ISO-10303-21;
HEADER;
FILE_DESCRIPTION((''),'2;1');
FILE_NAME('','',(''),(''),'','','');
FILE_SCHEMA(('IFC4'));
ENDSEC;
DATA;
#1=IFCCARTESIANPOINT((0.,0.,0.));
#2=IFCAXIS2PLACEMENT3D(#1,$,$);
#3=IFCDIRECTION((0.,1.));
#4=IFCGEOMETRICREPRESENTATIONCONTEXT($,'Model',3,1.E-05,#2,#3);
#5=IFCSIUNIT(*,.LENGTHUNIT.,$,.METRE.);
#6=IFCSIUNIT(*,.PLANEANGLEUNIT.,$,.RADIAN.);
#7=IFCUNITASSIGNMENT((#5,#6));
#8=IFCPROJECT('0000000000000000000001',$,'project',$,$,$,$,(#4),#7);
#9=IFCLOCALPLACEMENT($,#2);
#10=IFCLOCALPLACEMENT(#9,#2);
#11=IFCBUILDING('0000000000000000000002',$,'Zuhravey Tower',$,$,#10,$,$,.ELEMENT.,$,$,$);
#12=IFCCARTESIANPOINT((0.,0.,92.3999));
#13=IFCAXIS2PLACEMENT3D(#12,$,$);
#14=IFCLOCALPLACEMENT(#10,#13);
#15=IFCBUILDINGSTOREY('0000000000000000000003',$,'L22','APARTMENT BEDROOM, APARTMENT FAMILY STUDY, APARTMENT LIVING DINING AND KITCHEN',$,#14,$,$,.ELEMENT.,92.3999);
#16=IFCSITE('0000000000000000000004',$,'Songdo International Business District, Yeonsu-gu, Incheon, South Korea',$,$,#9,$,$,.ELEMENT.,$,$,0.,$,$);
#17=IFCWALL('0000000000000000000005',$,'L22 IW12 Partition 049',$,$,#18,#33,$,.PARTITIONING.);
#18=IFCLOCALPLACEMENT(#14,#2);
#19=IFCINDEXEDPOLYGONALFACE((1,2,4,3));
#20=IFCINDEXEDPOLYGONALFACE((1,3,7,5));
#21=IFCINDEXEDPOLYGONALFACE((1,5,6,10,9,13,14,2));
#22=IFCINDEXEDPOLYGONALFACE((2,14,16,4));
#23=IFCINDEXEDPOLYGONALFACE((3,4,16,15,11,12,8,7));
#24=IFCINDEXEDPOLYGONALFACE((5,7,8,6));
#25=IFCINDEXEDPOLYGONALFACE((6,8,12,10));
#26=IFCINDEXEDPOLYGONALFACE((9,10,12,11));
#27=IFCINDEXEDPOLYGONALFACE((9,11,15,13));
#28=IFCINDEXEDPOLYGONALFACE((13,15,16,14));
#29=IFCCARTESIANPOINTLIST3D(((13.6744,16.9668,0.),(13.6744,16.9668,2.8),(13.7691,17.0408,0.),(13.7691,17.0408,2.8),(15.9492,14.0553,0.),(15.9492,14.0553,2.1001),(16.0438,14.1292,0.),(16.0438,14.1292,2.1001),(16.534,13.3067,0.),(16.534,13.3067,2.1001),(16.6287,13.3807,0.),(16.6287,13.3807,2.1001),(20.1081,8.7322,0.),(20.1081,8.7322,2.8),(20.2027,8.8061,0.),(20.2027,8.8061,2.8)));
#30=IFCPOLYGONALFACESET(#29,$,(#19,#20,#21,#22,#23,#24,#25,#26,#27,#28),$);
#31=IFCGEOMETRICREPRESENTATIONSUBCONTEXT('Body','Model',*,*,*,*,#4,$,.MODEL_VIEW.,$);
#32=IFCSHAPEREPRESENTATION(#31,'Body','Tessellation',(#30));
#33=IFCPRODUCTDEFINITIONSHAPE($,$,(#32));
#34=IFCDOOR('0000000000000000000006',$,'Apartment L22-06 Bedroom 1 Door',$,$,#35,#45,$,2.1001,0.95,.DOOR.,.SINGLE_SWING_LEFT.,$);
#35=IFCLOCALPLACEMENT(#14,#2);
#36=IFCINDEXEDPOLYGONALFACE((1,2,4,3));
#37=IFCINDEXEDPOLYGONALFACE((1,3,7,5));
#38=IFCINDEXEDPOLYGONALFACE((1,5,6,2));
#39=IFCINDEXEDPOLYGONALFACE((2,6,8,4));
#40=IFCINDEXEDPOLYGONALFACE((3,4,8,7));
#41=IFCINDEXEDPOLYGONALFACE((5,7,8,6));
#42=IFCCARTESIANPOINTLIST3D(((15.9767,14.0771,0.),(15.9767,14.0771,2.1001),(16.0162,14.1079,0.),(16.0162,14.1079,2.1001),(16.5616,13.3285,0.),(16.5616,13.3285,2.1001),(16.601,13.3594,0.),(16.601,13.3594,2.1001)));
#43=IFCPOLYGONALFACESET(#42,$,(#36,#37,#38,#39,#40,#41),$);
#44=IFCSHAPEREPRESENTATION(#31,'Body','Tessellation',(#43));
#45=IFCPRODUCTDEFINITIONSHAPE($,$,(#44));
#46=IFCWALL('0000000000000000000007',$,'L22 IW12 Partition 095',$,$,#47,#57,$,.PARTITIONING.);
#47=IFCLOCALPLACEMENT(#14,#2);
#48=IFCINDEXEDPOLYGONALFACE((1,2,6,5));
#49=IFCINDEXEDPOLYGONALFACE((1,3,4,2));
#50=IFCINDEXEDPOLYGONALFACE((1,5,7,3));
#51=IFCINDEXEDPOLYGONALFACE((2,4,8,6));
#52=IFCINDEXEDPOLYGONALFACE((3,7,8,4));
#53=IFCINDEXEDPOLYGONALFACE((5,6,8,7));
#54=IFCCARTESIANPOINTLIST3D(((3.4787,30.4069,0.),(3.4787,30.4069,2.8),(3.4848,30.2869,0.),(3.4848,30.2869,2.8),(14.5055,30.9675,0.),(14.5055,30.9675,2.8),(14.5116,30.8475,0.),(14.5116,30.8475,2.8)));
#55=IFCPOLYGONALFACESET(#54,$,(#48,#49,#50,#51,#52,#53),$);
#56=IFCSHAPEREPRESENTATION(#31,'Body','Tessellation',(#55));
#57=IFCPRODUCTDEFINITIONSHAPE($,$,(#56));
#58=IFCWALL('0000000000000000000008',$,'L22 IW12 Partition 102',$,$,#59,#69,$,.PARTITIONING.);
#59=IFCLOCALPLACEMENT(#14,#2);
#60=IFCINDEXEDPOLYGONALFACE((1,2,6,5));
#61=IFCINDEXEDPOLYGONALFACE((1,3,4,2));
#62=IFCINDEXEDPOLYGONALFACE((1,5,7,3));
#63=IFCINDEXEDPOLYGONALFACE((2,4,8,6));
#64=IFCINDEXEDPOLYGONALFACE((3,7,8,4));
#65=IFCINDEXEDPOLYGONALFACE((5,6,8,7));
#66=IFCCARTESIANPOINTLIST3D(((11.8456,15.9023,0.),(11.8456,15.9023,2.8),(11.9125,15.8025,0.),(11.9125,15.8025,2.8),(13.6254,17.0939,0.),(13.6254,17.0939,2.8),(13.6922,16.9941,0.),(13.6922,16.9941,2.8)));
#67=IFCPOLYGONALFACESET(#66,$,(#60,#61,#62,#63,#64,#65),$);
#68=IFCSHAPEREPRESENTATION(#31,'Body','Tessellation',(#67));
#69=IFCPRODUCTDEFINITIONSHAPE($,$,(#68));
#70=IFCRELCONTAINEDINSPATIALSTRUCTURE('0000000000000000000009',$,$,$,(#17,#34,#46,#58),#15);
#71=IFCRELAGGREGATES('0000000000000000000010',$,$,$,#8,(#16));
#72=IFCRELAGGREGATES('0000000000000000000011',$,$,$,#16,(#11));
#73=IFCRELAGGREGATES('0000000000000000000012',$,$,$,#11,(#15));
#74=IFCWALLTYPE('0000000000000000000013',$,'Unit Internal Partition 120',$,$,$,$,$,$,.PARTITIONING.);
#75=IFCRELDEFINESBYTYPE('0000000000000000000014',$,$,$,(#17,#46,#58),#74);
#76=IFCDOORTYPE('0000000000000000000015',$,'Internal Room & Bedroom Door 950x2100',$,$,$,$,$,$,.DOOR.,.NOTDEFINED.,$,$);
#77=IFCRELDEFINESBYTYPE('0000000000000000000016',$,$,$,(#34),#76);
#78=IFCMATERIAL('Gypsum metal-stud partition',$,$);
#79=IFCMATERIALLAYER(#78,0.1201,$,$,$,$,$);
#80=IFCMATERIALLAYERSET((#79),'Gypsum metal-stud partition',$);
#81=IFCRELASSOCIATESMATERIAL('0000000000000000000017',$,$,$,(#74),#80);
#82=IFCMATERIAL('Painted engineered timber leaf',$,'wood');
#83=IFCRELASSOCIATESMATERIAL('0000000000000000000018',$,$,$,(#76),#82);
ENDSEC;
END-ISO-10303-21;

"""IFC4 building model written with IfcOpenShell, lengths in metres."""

from ifc_helpers import new_model, si_unit, direction, frame, frame_2d, origin, place, context, subcontext, project, spatial, rectangle, extrude, material, layer, layer_set, type_object, element, fill, save


model = new_model("IFC4")

# Units and contexts
model_context = context("Model", 3, precision=1e-05, world=origin(), true_north=direction((0.0, 1.0)))
body_context = subcontext(model_context, "Body", "Model", "MODEL_VIEW")
ifc_project = project(units=[si_unit("LENGTHUNIT", "METRE"), si_unit("PLANEANGLEUNIT", "RADIAN")], contexts=[model_context])

# Site, building, storey
site_placement = place(None, origin())
site = spatial("IfcSite", under=ifc_project, at=site_placement, Name="Songdo International Business District, Yeonsu-gu, Incheon, South Korea", CompositionType="ELEMENT", RefElevation=0.0)
building_placement = place(site_placement, origin())
building = spatial("IfcBuilding", under=site, at=building_placement, Name="Zuhravey Tower", CompositionType="ELEMENT")
storey_placement = place(building_placement, frame((0.0, 0.0, 92.3999)))
storey = spatial("IfcBuildingStorey", under=building, at=storey_placement, Name="L22", Description="APARTMENT BEDROOM, APARTMENT FAMILY STUDY, APARTMENT LIVING DINING AND KITCHEN", CompositionType="ELEMENT", Elevation=92.3999)

# Wall, opening, door
ifc_material_1 = material(Name="Gypsum metal-stud partition")
ifc_layer_1 = layer(ifc_material_1, 0.1201)
ifc_layer_set_1 = layer_set([ifc_layer_1], Name="Gypsum metal-stud partition")
wall_type_1 = type_object("IfcWallType", Name="Unit Internal Partition 120", PredefinedType="PARTITIONING", material=ifc_layer_set_1)
ifc_material_2 = material(Name="Painted engineered timber leaf", Category="wood")
door_type = type_object("IfcDoorType", Name="Internal Room & Bedroom Door 950x2100", OperationType="NOTDEFINED", PredefinedType="DOOR", material=ifc_material_2)
wall_1_placement = place(storey_placement, frame((13.7217, 17.0039, 0.0), z_axis=(0.0, 0.0, 1.0), x_axis=(0.615662, -0.788011, 0.0)))
wall_1 = element("IfcWall", 1, at=wall_1_placement, inside=storey, type_object=wall_type_1, Name="L22 IW12 Partition 049", PredefinedType="PARTITIONING", context=body_context, shape_type="SweptSolid", body=[
    extrude(rectangle(XDim=10.45, YDim=0.1201, at=frame_2d((5.2251, 0.0))), origin(), (0.0, 0.0, 1.0), 2.8),
])
opening_1_placement = place(wall_1_placement, frame((3.6948, 0.0, 0.0)))
opening_1 = element("IfcOpeningElement", 2, at=opening_1_placement, cuts=wall_1, PredefinedType="OPENING", context=body_context, shape_type="SweptSolid", body=[
    extrude(rectangle(XDim=0.95, YDim=2.1001, at=frame_2d((0.4751, 1.05))), frame((0.0, 0.072, 0.0), z_axis=(0.0, -1.0, 0.0), x_axis=(1.0, 0.0, 0.0)), (0.0, 0.0, 1.0), 0.144),
])
door_1_placement = place(opening_1_placement, frame((0.95, 0.0, 0.0), z_axis=(0.0, 0.0, 1.0), x_axis=(-1.0, 0.0, 0.0)))
door_1 = element("IfcDoor", 3, at=door_1_placement, inside=storey, type_object=door_type, Name="Apartment L22-06 Bedroom 1 Door", OperationType="SINGLE_SWING_LEFT", OverallHeight=2.1001, OverallWidth=0.95, PredefinedType="DOOR", context=body_context, shape_type="SweptSolid", body=[
    extrude(rectangle(XDim=0.95, YDim=2.1001, at=frame_2d((0.4751, 1.05))), frame((0.0, 0.0249, 0.0), z_axis=(0.0, -1.0, 0.0), x_axis=(1.0, 0.0, 0.0)), (0.0, 0.0, 1.0), 0.05),
])
fill(opening_1, door_1)

# Walls
wall_2_placement = place(storey_placement, frame((14.5085, 30.9075, 0.0), z_axis=(0.0, 0.0, 1.0), x_axis=(-0.99871, -0.050769, 0.0)))
element("IfcWall", 4, at=wall_2_placement, inside=storey, type_object=wall_type_1, Name="L22 IW12 Partition 095", PredefinedType="PARTITIONING", context=body_context, shape_type="SweptSolid", body=[
    extrude(rectangle(XDim=11.041, YDim=0.1201, at=frame_2d((5.5205, 0.0))), origin(), (0.0, 0.0, 1.0), 2.8),
])
wall_3_placement = place(storey_placement, frame((13.6587, 17.0439, 0.0), z_axis=(0.0, 0.0, 1.0), x_axis=(-0.830944, -0.556356, 0.0)))
element("IfcWall", 5, at=wall_3_placement, inside=storey, type_object=wall_type_1, Name="L22 IW12 Partition 102", PredefinedType="PARTITIONING", context=body_context, shape_type="SweptSolid", body=[
    extrude(rectangle(XDim=2.1418, YDim=0.1201, at=frame_2d((1.0708, 0.0))), origin(), (0.0, 0.0, 1.0), 2.8),
])

save(model, "model.ifc")
